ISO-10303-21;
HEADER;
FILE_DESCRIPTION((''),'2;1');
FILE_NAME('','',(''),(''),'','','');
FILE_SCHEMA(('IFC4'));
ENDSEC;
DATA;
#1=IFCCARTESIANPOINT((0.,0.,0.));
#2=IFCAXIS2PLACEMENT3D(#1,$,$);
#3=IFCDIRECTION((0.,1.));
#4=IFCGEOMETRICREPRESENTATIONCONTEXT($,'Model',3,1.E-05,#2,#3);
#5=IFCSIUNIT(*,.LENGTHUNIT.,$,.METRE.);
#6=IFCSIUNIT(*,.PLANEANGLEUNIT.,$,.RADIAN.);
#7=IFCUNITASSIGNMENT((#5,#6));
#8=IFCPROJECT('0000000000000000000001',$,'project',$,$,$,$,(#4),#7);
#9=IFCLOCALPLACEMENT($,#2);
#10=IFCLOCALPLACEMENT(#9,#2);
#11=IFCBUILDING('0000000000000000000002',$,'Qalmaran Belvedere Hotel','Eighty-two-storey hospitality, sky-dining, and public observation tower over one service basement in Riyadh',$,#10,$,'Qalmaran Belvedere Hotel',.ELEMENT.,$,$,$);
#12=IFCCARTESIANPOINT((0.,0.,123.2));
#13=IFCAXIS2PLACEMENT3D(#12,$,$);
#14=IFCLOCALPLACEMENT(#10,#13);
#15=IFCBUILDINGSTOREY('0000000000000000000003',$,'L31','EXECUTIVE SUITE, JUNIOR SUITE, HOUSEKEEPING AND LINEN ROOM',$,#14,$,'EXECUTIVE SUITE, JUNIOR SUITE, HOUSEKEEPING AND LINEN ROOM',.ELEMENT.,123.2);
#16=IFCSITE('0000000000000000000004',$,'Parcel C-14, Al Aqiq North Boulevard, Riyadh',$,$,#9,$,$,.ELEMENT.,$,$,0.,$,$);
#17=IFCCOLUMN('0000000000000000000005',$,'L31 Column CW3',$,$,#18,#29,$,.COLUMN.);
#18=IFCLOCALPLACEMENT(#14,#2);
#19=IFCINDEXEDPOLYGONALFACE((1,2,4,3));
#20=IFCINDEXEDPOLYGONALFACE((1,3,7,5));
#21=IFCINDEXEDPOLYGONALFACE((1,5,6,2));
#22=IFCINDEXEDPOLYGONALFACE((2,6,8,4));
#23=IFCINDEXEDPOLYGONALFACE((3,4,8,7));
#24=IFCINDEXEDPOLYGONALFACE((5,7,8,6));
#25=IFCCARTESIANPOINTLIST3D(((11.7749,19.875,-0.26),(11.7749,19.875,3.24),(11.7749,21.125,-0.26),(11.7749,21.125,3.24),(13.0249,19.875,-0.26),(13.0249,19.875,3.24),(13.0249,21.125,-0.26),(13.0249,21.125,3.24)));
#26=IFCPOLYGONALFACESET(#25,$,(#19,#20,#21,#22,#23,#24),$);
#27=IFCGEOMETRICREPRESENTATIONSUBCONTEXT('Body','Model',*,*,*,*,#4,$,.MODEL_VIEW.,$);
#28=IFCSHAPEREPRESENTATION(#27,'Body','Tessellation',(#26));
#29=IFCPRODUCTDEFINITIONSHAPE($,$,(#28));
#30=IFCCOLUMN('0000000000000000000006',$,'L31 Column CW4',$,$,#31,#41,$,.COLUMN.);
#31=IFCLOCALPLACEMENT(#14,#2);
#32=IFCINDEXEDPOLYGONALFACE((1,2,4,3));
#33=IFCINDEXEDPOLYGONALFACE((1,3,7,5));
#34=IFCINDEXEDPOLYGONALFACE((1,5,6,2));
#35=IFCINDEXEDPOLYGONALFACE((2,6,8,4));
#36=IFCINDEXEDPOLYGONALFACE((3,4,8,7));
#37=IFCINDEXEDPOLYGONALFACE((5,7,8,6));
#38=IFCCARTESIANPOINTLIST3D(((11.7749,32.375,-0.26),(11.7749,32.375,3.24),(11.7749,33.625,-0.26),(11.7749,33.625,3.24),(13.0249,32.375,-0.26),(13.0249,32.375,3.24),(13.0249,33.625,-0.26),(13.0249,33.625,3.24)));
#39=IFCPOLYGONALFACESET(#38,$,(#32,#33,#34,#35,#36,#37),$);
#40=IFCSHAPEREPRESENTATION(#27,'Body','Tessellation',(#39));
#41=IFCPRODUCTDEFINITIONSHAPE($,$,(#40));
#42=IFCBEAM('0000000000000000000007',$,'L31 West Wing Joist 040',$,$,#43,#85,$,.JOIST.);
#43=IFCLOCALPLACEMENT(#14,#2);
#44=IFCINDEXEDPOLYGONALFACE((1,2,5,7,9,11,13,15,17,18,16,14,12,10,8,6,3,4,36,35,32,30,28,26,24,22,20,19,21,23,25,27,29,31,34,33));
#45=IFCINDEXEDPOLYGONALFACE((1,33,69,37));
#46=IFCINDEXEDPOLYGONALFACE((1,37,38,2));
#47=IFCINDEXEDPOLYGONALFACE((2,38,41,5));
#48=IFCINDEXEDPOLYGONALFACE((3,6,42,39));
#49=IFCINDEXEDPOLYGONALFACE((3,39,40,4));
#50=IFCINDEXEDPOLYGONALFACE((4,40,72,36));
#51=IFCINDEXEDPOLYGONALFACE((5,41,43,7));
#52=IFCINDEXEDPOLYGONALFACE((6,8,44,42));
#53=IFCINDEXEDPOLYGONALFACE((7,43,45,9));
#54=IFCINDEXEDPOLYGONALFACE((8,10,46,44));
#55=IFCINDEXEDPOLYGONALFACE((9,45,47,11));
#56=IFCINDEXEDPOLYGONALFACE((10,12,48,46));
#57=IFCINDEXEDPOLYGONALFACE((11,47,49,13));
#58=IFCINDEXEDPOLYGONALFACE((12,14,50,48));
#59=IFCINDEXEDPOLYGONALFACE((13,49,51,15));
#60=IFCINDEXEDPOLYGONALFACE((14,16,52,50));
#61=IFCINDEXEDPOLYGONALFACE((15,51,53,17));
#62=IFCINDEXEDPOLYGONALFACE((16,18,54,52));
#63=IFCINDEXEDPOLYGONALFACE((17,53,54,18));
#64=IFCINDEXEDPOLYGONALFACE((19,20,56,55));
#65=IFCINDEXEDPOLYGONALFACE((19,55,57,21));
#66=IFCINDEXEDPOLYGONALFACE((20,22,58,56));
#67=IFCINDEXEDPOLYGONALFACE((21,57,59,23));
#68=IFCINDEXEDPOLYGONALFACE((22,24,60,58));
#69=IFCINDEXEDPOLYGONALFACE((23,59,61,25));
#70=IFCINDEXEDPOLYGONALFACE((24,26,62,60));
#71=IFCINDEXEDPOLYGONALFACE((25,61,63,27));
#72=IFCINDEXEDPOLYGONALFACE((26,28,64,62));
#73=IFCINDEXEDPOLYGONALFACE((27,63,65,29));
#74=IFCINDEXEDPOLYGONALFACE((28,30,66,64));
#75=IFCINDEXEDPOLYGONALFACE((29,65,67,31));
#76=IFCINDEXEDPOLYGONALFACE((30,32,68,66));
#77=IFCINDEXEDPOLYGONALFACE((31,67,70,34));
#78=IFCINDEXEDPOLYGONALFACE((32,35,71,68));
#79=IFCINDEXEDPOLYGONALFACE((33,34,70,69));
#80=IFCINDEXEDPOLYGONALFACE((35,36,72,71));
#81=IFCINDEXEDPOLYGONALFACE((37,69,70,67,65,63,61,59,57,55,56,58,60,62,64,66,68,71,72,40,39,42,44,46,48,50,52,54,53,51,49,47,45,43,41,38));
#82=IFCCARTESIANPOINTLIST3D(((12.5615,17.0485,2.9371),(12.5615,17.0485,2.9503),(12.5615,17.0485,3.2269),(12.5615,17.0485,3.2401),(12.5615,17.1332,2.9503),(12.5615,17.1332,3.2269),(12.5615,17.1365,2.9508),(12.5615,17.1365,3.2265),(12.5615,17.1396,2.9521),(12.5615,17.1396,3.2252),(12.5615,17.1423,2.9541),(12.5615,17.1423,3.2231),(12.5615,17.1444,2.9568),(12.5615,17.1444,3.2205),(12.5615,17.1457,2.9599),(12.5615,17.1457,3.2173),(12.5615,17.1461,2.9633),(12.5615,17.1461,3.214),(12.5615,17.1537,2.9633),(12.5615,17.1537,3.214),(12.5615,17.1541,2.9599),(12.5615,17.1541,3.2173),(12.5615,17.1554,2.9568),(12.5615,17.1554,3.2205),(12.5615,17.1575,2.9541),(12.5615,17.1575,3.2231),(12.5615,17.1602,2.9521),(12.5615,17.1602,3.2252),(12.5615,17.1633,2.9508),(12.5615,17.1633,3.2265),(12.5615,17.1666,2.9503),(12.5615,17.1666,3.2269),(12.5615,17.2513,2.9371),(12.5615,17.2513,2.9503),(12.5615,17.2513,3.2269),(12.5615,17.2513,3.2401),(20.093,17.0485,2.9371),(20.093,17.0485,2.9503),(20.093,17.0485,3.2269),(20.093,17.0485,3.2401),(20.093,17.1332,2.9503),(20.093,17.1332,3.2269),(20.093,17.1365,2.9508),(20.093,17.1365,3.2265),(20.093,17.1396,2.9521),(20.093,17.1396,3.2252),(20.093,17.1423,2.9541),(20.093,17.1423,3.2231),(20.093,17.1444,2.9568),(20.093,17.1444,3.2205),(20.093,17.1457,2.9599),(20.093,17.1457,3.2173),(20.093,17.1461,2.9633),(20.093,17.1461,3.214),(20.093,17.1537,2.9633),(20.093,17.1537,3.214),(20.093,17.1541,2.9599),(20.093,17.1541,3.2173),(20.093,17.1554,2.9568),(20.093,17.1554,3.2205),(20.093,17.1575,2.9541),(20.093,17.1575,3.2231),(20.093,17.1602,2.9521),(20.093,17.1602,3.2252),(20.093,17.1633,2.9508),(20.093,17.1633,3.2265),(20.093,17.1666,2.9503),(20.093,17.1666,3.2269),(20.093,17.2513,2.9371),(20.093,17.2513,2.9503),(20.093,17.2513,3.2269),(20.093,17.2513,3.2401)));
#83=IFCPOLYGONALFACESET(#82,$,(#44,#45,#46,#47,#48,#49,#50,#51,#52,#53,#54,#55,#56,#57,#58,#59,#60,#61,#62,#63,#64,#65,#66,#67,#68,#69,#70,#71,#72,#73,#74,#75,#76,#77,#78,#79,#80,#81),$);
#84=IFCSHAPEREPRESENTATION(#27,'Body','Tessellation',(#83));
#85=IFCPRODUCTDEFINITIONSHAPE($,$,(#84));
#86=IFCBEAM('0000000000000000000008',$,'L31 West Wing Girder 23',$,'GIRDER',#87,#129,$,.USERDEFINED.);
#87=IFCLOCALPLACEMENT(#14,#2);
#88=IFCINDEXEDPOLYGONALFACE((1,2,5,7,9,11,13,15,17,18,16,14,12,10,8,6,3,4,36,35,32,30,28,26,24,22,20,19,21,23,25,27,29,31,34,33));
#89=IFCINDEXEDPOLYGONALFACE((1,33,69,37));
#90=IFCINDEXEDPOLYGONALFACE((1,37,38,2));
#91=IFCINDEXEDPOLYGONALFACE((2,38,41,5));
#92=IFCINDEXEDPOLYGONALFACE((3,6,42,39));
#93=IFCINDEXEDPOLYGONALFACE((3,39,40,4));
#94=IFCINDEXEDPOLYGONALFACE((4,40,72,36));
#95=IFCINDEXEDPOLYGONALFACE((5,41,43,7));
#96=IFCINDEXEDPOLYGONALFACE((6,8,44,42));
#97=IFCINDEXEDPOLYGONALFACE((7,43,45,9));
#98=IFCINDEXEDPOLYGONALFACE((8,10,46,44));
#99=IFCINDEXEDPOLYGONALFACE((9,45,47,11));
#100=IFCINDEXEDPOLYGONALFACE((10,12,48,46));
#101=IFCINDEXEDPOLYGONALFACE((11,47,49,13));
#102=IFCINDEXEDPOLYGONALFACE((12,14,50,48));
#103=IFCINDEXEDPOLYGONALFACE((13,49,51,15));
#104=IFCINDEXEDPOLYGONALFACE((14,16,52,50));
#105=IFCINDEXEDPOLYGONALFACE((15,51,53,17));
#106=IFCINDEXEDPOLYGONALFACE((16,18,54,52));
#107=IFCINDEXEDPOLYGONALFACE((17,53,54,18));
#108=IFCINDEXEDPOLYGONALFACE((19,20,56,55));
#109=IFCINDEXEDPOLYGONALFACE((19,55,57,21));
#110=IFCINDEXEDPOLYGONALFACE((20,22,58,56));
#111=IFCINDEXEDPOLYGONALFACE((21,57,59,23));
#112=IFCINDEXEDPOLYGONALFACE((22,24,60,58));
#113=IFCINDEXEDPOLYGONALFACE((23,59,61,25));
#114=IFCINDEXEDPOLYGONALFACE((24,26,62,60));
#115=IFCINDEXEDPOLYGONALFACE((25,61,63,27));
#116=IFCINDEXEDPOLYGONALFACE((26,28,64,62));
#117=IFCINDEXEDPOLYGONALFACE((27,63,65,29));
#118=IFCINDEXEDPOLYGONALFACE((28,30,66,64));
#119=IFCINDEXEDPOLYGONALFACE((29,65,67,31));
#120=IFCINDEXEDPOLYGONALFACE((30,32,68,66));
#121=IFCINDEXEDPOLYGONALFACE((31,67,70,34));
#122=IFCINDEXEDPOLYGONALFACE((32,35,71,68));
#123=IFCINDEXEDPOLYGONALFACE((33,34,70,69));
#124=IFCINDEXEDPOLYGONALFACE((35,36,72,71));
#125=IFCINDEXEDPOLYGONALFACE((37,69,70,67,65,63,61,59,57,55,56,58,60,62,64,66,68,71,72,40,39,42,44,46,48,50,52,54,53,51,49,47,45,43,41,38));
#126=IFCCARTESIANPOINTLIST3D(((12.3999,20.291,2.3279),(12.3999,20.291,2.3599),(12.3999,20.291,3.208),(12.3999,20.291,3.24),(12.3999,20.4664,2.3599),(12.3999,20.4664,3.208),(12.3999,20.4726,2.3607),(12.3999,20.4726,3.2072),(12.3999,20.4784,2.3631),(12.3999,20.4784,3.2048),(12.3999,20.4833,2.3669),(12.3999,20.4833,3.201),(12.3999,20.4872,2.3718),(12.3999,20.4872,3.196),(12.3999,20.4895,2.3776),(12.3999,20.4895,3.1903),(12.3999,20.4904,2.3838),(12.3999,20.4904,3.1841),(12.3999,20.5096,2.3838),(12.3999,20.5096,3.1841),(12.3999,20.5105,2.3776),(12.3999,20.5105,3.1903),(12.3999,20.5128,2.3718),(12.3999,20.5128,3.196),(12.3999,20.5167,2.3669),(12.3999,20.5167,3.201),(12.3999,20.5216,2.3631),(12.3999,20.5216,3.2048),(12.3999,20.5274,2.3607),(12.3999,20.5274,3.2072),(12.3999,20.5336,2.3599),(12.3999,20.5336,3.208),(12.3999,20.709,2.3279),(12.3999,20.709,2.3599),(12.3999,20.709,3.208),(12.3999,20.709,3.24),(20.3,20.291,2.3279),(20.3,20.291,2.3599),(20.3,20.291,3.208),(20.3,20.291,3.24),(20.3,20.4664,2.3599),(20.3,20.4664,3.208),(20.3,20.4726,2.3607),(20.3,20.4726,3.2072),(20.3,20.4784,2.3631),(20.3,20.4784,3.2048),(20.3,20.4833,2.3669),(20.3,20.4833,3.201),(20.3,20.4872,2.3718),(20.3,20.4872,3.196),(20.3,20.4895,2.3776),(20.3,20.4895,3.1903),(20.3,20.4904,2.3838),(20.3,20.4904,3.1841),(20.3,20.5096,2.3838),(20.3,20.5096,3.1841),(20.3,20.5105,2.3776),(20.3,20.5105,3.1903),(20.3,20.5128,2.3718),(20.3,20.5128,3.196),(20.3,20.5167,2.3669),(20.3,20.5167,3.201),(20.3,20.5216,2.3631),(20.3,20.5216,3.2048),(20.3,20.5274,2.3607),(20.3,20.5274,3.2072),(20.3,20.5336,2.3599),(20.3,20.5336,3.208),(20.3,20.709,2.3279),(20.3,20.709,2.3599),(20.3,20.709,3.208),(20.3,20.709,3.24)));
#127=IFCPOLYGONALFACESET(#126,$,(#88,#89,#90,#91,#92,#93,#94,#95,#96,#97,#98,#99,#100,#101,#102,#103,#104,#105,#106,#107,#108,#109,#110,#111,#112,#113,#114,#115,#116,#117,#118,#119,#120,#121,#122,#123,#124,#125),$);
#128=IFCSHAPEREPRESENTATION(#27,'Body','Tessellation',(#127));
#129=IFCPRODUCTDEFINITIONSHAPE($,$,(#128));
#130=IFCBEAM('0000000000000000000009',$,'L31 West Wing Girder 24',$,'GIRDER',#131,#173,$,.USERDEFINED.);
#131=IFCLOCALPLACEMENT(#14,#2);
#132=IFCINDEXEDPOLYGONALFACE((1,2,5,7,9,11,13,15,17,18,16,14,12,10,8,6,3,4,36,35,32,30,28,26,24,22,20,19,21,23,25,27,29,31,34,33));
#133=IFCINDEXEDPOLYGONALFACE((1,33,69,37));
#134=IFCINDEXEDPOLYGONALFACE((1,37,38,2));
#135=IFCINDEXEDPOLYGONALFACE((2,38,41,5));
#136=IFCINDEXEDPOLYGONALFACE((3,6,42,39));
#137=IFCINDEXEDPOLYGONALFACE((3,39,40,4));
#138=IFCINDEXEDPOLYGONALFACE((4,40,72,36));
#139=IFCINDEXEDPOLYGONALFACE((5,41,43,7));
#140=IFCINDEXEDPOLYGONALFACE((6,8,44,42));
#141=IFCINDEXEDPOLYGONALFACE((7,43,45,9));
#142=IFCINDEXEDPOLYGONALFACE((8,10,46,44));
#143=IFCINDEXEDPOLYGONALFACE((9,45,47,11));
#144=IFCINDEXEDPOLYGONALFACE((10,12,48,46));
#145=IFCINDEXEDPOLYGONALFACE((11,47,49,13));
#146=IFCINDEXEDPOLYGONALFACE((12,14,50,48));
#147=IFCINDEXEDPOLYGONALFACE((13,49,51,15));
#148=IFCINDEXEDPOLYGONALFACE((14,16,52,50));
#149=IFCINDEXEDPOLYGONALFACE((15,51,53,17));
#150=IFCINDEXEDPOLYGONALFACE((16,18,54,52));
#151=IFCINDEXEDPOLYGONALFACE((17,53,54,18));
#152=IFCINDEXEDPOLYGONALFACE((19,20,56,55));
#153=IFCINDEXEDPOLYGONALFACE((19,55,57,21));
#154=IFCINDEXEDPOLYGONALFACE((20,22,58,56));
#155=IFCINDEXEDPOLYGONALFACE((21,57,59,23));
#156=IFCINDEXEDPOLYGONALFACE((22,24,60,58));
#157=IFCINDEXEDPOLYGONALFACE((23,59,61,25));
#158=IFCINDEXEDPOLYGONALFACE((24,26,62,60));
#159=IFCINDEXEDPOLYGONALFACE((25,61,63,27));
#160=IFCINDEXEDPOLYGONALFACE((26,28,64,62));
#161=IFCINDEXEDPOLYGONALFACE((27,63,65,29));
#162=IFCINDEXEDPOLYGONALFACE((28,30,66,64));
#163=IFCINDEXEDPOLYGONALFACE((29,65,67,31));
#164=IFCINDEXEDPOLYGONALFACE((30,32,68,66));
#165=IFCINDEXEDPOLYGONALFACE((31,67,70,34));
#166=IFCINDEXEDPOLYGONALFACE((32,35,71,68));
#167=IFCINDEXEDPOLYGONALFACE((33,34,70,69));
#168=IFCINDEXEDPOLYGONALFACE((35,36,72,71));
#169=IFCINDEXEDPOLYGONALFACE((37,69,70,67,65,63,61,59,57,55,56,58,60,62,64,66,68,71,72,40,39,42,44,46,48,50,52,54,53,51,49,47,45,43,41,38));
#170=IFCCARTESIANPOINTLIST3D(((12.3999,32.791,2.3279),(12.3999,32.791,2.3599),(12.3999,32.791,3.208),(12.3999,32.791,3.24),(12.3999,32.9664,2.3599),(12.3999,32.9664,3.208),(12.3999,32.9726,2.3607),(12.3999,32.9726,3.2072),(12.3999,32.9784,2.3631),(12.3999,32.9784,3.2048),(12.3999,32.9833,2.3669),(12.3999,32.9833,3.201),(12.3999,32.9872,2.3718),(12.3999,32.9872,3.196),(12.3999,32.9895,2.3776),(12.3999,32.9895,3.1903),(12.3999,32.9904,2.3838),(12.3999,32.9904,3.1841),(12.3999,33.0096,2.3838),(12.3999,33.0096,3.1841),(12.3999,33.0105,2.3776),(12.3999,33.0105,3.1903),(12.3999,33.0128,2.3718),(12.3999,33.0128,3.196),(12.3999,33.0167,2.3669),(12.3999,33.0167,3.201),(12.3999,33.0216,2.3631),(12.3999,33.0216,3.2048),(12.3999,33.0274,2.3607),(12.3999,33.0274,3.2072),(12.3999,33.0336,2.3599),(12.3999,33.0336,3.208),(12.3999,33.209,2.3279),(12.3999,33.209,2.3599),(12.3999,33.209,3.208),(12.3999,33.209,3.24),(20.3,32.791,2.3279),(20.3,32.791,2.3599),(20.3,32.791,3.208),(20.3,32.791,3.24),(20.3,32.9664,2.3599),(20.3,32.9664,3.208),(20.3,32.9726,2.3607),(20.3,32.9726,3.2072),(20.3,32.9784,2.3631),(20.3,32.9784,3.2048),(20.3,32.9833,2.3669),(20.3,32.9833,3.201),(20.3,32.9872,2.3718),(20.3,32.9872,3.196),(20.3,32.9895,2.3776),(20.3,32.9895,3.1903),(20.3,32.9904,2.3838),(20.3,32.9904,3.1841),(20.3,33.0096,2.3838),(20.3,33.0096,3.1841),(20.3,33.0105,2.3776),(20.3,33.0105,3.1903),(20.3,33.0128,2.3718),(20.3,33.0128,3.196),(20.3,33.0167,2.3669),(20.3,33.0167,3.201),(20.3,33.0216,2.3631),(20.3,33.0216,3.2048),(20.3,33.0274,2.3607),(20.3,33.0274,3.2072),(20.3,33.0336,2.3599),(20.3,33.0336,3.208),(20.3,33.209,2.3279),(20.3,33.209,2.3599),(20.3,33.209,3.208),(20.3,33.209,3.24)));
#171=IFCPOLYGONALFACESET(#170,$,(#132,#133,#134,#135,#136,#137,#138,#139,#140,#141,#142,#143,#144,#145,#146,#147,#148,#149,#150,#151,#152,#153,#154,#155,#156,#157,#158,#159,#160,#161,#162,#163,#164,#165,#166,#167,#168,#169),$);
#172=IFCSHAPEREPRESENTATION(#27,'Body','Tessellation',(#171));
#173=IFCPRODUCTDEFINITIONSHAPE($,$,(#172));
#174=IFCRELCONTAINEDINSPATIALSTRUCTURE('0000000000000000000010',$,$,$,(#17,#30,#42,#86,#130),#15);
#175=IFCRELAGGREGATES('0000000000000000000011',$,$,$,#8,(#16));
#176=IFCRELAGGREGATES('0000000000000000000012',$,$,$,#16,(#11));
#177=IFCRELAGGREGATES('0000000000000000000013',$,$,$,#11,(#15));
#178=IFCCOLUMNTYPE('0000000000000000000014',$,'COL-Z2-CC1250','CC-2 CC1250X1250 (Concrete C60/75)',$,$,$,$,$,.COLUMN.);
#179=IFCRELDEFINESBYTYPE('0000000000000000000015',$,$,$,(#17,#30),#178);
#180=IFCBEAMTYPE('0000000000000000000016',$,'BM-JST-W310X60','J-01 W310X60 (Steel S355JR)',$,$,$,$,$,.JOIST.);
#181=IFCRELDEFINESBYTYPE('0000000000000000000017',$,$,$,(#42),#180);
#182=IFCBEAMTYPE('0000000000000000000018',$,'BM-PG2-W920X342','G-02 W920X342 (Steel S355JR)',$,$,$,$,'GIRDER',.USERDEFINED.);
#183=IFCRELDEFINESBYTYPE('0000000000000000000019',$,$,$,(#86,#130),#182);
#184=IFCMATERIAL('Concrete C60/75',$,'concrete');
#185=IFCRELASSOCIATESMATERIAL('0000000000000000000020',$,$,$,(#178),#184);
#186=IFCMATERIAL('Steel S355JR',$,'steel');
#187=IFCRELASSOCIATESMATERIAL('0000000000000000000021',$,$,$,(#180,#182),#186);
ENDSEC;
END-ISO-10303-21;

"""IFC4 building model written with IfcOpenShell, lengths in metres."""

from ifc_helpers import new_model, si_unit, direction, frame, origin, origin_2d, place, context, subcontext, project, spatial, rectangle, i_section, extrude, material, material_profile, profile_set, type_object, element, save


model = new_model("IFC4")

# Units and contexts
model_context = context("Model", 3, precision=1e-05, world=origin(), true_north=direction((0.0, 1.0)))
body_context = subcontext(model_context, "Body", "Model", "MODEL_VIEW")
ifc_project = project(units=[si_unit("LENGTHUNIT", "METRE"), si_unit("PLANEANGLEUNIT", "RADIAN")], contexts=[model_context])

# Site, building, storey
site_placement = place(None, origin())
site = spatial("IfcSite", under=ifc_project, at=site_placement, Name="Parcel C-14, Al Aqiq North Boulevard, Riyadh", CompositionType="ELEMENT", RefElevation=0.0)
building_placement = place(site_placement, origin())
building = spatial("IfcBuilding", under=site, at=building_placement, Name="Qalmaran Belvedere Hotel", Description="Eighty-two-storey hospitality, sky-dining, and public observation tower over one service basement in Riyadh", LongName="Qalmaran Belvedere Hotel", CompositionType="ELEMENT")
storey_placement = place(building_placement, frame((0.0, 0.0, 123.2)))
storey = spatial("IfcBuildingStorey", under=building, at=storey_placement, Name="L31", Description="EXECUTIVE SUITE, JUNIOR SUITE, HOUSEKEEPING AND LINEN ROOM", LongName="EXECUTIVE SUITE, JUNIOR SUITE, HOUSEKEEPING AND LINEN ROOM", CompositionType="ELEMENT", Elevation=123.2)

# Columns
ifc_material_1 = material(Name="Concrete C60/75", Category="concrete")
ifc_material_profile_1 = material_profile(ifc_material_1, rectangle(XDim=1.25, YDim=1.25, at=origin_2d()), Name="CC1250X1250")
ifc_profile_set_1 = profile_set([ifc_material_profile_1], Name="Concrete C60/75")
column_type = type_object("IfcColumnType", Name="COL-Z2-CC1250", Description="CC-2 CC1250X1250 (Concrete C60/75)", PredefinedType="COLUMN", material=ifc_profile_set_1)
for number, where, z_axis, x_axis, name in (
    (1, (12.3999, 20.5, -0.26), (0.0, 0.0, 1.0), (1.0, 0.0, 0.0), "L31 Column CW3"),
    (2, (12.3999, 33.0, -0.26), (0.0, 0.0, 1.0), (1.0, 0.0, 0.0), "L31 Column CW4"),
):
    element("IfcColumn", number, at=place(storey_placement, frame(where, z_axis=z_axis, x_axis=x_axis)), inside=storey, type_object=column_type, Name=name, PredefinedType="COLUMN", context=body_context, shape_type="SweptSolid", body=[
        extrude(rectangle(XDim=1.25, YDim=1.25, at=origin_2d()), origin(), (0.0, 0.0, 1.0), 3.5),
    ])

# Beams
ifc_material_2 = material(Name="Steel S355JR", Category="steel")
ifc_material_profile_2 = material_profile(ifc_material_2, i_section(OverallWidth=0.2029, OverallDepth=0.303, WebThickness=0.0076, FlangeThickness=0.0132, FilletRadius=0.0129, at=origin_2d()), Name="W310X60")
ifc_profile_set_2 = profile_set([ifc_material_profile_2], Name="Steel S355JR")
beam_type_1 = type_object("IfcBeamType", Name="BM-JST-W310X60", Description="J-01 W310X60 (Steel S355JR)", PredefinedType="JOIST", material=ifc_profile_set_2)
beam_1_placement = place(storey_placement, frame((12.5615, 17.1499, 3.0886), z_axis=(1.0, 0.0, 0.0), x_axis=(0.0, 1.0, 0.0)))
element("IfcBeam", 3, at=beam_1_placement, inside=storey, type_object=beam_type_1, Name="L31 West Wing Joist 040", PredefinedType="JOIST", context=body_context, shape_type="SweptSolid", body=[
    extrude(i_section(OverallWidth=0.2029, OverallDepth=0.303, WebThickness=0.0076, FlangeThickness=0.0132, FilletRadius=0.0129, at=origin_2d()), origin(), (0.0, 0.0, 1.0), 7.5315),
])
ifc_material_profile_3 = material_profile(ifc_material_2, i_section(OverallWidth=0.418, OverallDepth=0.9121, WebThickness=0.0193, FlangeThickness=0.032, FilletRadius=0.0239, at=origin_2d()), Name="W920X342")
ifc_profile_set_3 = profile_set([ifc_material_profile_3], Name="Steel S355JR")
beam_type_2 = type_object("IfcBeamType", Name="BM-PG2-W920X342", Description="G-02 W920X342 (Steel S355JR)", ElementType="GIRDER", PredefinedType="USERDEFINED", material=ifc_profile_set_3)
for number, where, z_axis, x_axis, name in (
    (4, (12.3999, 20.5, 2.7839), (1.0, 0.0, 0.0), (0.0, 1.0, 0.0), "L31 West Wing Girder 23"),
    (5, (12.3999, 33.0, 2.7839), (1.0, 0.0, 0.0), (0.0, 1.0, 0.0), "L31 West Wing Girder 24"),
):
    element("IfcBeam", number, at=place(storey_placement, frame(where, z_axis=z_axis, x_axis=x_axis)), inside=storey, type_object=beam_type_2, Name=name, ObjectType="GIRDER", PredefinedType="USERDEFINED", context=body_context, shape_type="SweptSolid", body=[
        extrude(i_section(OverallWidth=0.418, OverallDepth=0.9121, WebThickness=0.0193, FlangeThickness=0.032, FilletRadius=0.0239, at=origin_2d()), origin(), (0.0, 0.0, 1.0), 7.9001),
    ])

save(model, "model.ifc")
